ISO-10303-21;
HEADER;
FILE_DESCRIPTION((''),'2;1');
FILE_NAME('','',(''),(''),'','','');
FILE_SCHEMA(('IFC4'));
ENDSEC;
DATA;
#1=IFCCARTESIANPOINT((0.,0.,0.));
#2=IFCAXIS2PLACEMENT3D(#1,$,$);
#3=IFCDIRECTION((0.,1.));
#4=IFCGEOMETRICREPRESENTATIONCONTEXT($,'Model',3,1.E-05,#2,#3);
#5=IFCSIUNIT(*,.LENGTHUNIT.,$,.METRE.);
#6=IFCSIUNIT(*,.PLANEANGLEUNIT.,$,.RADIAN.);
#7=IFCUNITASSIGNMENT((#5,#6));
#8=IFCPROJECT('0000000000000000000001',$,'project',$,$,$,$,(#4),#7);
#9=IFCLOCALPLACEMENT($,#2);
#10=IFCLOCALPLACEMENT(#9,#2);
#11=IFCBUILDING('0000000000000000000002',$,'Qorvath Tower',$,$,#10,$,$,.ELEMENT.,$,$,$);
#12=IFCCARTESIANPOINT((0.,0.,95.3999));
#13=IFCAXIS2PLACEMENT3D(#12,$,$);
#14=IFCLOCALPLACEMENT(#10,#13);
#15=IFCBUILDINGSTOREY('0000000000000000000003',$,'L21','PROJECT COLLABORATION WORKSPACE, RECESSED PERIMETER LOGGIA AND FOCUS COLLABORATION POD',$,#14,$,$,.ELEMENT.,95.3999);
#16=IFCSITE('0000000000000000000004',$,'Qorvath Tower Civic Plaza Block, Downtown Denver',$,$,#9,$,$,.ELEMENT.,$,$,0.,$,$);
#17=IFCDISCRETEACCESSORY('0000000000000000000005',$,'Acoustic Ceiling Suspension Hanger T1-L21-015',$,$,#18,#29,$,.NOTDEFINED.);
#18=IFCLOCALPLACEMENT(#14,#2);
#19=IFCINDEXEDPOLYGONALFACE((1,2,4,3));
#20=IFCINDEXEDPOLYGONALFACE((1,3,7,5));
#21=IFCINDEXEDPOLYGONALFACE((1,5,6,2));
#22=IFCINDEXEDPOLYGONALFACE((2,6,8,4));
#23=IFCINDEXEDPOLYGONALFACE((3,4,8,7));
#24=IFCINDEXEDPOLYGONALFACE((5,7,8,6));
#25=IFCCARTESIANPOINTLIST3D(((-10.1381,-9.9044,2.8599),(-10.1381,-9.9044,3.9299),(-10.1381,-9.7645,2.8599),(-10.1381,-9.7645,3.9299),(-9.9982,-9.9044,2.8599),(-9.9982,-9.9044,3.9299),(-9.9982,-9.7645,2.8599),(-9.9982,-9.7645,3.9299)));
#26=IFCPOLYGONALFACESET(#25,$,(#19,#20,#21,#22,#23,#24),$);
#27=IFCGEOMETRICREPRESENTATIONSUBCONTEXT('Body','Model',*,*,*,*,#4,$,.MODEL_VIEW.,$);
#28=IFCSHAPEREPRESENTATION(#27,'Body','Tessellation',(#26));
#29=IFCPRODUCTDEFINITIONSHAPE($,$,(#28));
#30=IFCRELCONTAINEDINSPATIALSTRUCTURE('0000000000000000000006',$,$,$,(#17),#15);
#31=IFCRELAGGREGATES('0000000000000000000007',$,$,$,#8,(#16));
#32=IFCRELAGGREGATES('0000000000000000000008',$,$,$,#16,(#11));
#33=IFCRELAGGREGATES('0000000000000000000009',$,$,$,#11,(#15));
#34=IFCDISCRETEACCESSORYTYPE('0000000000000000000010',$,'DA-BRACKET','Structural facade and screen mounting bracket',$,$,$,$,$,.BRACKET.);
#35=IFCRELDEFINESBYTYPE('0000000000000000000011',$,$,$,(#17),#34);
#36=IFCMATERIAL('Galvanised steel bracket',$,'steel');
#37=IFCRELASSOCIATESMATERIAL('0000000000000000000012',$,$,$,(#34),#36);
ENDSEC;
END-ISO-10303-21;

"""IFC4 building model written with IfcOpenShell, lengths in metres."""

from ifc_helpers import new_model, si_unit, direction, frame, origin, origin_2d, place, context, subcontext, project, spatial, rectangle, extrude, material, type_object, element, save


model = new_model("IFC4")

# Units and contexts
model_context = context("Model", 3, precision=1e-05, world=origin(), true_north=direction((0.0, 1.0)))
body_context = subcontext(model_context, "Body", "Model", "MODEL_VIEW")
ifc_project = project(units=[si_unit("LENGTHUNIT", "METRE"), si_unit("PLANEANGLEUNIT", "RADIAN")], contexts=[model_context])

# Site, building, storey
site_placement = place(None, origin())
site = spatial("IfcSite", under=ifc_project, at=site_placement, Name="Qorvath Tower Civic Plaza Block, Downtown Denver", CompositionType="ELEMENT", RefElevation=0.0)
building_placement = place(site_placement, origin())
building = spatial("IfcBuilding", under=site, at=building_placement, Name="Qorvath Tower", CompositionType="ELEMENT")
storey_placement = place(building_placement, frame((0.0, 0.0, 95.3999)))
storey = spatial("IfcBuildingStorey", under=building, at=storey_placement, Name="L21", Description="PROJECT COLLABORATION WORKSPACE, RECESSED PERIMETER LOGGIA AND FOCUS COLLABORATION POD", CompositionType="ELEMENT", Elevation=95.3999)

# Discrete accessory
ifc_material_1 = material(Name="Galvanised steel bracket", Category="steel")
discrete_accessory_type = type_object("IfcDiscreteAccessoryType", Name="DA-BRACKET", Description="Structural facade and screen mounting bracket", PredefinedType="BRACKET", material=ifc_material_1)
discrete_accessory_placement = place(storey_placement, frame((-10.0681, -9.8345, 2.8599), z_axis=(0.0, 0.0, 1.0), x_axis=(1.0, 0.0, 0.0)))
element("IfcDiscreteAccessory", 1, at=discrete_accessory_placement, inside=storey, type_object=discrete_accessory_type, Name="Acoustic Ceiling Suspension Hanger T1-L21-015", PredefinedType="NOTDEFINED", context=body_context, shape_type="SweptSolid", body=[
    extrude(rectangle(XDim=0.1399, YDim=0.1399, at=origin_2d()), origin(), (0.0, 0.0, 1.0), 1.0701),
])

save(model, "model.ifc")
